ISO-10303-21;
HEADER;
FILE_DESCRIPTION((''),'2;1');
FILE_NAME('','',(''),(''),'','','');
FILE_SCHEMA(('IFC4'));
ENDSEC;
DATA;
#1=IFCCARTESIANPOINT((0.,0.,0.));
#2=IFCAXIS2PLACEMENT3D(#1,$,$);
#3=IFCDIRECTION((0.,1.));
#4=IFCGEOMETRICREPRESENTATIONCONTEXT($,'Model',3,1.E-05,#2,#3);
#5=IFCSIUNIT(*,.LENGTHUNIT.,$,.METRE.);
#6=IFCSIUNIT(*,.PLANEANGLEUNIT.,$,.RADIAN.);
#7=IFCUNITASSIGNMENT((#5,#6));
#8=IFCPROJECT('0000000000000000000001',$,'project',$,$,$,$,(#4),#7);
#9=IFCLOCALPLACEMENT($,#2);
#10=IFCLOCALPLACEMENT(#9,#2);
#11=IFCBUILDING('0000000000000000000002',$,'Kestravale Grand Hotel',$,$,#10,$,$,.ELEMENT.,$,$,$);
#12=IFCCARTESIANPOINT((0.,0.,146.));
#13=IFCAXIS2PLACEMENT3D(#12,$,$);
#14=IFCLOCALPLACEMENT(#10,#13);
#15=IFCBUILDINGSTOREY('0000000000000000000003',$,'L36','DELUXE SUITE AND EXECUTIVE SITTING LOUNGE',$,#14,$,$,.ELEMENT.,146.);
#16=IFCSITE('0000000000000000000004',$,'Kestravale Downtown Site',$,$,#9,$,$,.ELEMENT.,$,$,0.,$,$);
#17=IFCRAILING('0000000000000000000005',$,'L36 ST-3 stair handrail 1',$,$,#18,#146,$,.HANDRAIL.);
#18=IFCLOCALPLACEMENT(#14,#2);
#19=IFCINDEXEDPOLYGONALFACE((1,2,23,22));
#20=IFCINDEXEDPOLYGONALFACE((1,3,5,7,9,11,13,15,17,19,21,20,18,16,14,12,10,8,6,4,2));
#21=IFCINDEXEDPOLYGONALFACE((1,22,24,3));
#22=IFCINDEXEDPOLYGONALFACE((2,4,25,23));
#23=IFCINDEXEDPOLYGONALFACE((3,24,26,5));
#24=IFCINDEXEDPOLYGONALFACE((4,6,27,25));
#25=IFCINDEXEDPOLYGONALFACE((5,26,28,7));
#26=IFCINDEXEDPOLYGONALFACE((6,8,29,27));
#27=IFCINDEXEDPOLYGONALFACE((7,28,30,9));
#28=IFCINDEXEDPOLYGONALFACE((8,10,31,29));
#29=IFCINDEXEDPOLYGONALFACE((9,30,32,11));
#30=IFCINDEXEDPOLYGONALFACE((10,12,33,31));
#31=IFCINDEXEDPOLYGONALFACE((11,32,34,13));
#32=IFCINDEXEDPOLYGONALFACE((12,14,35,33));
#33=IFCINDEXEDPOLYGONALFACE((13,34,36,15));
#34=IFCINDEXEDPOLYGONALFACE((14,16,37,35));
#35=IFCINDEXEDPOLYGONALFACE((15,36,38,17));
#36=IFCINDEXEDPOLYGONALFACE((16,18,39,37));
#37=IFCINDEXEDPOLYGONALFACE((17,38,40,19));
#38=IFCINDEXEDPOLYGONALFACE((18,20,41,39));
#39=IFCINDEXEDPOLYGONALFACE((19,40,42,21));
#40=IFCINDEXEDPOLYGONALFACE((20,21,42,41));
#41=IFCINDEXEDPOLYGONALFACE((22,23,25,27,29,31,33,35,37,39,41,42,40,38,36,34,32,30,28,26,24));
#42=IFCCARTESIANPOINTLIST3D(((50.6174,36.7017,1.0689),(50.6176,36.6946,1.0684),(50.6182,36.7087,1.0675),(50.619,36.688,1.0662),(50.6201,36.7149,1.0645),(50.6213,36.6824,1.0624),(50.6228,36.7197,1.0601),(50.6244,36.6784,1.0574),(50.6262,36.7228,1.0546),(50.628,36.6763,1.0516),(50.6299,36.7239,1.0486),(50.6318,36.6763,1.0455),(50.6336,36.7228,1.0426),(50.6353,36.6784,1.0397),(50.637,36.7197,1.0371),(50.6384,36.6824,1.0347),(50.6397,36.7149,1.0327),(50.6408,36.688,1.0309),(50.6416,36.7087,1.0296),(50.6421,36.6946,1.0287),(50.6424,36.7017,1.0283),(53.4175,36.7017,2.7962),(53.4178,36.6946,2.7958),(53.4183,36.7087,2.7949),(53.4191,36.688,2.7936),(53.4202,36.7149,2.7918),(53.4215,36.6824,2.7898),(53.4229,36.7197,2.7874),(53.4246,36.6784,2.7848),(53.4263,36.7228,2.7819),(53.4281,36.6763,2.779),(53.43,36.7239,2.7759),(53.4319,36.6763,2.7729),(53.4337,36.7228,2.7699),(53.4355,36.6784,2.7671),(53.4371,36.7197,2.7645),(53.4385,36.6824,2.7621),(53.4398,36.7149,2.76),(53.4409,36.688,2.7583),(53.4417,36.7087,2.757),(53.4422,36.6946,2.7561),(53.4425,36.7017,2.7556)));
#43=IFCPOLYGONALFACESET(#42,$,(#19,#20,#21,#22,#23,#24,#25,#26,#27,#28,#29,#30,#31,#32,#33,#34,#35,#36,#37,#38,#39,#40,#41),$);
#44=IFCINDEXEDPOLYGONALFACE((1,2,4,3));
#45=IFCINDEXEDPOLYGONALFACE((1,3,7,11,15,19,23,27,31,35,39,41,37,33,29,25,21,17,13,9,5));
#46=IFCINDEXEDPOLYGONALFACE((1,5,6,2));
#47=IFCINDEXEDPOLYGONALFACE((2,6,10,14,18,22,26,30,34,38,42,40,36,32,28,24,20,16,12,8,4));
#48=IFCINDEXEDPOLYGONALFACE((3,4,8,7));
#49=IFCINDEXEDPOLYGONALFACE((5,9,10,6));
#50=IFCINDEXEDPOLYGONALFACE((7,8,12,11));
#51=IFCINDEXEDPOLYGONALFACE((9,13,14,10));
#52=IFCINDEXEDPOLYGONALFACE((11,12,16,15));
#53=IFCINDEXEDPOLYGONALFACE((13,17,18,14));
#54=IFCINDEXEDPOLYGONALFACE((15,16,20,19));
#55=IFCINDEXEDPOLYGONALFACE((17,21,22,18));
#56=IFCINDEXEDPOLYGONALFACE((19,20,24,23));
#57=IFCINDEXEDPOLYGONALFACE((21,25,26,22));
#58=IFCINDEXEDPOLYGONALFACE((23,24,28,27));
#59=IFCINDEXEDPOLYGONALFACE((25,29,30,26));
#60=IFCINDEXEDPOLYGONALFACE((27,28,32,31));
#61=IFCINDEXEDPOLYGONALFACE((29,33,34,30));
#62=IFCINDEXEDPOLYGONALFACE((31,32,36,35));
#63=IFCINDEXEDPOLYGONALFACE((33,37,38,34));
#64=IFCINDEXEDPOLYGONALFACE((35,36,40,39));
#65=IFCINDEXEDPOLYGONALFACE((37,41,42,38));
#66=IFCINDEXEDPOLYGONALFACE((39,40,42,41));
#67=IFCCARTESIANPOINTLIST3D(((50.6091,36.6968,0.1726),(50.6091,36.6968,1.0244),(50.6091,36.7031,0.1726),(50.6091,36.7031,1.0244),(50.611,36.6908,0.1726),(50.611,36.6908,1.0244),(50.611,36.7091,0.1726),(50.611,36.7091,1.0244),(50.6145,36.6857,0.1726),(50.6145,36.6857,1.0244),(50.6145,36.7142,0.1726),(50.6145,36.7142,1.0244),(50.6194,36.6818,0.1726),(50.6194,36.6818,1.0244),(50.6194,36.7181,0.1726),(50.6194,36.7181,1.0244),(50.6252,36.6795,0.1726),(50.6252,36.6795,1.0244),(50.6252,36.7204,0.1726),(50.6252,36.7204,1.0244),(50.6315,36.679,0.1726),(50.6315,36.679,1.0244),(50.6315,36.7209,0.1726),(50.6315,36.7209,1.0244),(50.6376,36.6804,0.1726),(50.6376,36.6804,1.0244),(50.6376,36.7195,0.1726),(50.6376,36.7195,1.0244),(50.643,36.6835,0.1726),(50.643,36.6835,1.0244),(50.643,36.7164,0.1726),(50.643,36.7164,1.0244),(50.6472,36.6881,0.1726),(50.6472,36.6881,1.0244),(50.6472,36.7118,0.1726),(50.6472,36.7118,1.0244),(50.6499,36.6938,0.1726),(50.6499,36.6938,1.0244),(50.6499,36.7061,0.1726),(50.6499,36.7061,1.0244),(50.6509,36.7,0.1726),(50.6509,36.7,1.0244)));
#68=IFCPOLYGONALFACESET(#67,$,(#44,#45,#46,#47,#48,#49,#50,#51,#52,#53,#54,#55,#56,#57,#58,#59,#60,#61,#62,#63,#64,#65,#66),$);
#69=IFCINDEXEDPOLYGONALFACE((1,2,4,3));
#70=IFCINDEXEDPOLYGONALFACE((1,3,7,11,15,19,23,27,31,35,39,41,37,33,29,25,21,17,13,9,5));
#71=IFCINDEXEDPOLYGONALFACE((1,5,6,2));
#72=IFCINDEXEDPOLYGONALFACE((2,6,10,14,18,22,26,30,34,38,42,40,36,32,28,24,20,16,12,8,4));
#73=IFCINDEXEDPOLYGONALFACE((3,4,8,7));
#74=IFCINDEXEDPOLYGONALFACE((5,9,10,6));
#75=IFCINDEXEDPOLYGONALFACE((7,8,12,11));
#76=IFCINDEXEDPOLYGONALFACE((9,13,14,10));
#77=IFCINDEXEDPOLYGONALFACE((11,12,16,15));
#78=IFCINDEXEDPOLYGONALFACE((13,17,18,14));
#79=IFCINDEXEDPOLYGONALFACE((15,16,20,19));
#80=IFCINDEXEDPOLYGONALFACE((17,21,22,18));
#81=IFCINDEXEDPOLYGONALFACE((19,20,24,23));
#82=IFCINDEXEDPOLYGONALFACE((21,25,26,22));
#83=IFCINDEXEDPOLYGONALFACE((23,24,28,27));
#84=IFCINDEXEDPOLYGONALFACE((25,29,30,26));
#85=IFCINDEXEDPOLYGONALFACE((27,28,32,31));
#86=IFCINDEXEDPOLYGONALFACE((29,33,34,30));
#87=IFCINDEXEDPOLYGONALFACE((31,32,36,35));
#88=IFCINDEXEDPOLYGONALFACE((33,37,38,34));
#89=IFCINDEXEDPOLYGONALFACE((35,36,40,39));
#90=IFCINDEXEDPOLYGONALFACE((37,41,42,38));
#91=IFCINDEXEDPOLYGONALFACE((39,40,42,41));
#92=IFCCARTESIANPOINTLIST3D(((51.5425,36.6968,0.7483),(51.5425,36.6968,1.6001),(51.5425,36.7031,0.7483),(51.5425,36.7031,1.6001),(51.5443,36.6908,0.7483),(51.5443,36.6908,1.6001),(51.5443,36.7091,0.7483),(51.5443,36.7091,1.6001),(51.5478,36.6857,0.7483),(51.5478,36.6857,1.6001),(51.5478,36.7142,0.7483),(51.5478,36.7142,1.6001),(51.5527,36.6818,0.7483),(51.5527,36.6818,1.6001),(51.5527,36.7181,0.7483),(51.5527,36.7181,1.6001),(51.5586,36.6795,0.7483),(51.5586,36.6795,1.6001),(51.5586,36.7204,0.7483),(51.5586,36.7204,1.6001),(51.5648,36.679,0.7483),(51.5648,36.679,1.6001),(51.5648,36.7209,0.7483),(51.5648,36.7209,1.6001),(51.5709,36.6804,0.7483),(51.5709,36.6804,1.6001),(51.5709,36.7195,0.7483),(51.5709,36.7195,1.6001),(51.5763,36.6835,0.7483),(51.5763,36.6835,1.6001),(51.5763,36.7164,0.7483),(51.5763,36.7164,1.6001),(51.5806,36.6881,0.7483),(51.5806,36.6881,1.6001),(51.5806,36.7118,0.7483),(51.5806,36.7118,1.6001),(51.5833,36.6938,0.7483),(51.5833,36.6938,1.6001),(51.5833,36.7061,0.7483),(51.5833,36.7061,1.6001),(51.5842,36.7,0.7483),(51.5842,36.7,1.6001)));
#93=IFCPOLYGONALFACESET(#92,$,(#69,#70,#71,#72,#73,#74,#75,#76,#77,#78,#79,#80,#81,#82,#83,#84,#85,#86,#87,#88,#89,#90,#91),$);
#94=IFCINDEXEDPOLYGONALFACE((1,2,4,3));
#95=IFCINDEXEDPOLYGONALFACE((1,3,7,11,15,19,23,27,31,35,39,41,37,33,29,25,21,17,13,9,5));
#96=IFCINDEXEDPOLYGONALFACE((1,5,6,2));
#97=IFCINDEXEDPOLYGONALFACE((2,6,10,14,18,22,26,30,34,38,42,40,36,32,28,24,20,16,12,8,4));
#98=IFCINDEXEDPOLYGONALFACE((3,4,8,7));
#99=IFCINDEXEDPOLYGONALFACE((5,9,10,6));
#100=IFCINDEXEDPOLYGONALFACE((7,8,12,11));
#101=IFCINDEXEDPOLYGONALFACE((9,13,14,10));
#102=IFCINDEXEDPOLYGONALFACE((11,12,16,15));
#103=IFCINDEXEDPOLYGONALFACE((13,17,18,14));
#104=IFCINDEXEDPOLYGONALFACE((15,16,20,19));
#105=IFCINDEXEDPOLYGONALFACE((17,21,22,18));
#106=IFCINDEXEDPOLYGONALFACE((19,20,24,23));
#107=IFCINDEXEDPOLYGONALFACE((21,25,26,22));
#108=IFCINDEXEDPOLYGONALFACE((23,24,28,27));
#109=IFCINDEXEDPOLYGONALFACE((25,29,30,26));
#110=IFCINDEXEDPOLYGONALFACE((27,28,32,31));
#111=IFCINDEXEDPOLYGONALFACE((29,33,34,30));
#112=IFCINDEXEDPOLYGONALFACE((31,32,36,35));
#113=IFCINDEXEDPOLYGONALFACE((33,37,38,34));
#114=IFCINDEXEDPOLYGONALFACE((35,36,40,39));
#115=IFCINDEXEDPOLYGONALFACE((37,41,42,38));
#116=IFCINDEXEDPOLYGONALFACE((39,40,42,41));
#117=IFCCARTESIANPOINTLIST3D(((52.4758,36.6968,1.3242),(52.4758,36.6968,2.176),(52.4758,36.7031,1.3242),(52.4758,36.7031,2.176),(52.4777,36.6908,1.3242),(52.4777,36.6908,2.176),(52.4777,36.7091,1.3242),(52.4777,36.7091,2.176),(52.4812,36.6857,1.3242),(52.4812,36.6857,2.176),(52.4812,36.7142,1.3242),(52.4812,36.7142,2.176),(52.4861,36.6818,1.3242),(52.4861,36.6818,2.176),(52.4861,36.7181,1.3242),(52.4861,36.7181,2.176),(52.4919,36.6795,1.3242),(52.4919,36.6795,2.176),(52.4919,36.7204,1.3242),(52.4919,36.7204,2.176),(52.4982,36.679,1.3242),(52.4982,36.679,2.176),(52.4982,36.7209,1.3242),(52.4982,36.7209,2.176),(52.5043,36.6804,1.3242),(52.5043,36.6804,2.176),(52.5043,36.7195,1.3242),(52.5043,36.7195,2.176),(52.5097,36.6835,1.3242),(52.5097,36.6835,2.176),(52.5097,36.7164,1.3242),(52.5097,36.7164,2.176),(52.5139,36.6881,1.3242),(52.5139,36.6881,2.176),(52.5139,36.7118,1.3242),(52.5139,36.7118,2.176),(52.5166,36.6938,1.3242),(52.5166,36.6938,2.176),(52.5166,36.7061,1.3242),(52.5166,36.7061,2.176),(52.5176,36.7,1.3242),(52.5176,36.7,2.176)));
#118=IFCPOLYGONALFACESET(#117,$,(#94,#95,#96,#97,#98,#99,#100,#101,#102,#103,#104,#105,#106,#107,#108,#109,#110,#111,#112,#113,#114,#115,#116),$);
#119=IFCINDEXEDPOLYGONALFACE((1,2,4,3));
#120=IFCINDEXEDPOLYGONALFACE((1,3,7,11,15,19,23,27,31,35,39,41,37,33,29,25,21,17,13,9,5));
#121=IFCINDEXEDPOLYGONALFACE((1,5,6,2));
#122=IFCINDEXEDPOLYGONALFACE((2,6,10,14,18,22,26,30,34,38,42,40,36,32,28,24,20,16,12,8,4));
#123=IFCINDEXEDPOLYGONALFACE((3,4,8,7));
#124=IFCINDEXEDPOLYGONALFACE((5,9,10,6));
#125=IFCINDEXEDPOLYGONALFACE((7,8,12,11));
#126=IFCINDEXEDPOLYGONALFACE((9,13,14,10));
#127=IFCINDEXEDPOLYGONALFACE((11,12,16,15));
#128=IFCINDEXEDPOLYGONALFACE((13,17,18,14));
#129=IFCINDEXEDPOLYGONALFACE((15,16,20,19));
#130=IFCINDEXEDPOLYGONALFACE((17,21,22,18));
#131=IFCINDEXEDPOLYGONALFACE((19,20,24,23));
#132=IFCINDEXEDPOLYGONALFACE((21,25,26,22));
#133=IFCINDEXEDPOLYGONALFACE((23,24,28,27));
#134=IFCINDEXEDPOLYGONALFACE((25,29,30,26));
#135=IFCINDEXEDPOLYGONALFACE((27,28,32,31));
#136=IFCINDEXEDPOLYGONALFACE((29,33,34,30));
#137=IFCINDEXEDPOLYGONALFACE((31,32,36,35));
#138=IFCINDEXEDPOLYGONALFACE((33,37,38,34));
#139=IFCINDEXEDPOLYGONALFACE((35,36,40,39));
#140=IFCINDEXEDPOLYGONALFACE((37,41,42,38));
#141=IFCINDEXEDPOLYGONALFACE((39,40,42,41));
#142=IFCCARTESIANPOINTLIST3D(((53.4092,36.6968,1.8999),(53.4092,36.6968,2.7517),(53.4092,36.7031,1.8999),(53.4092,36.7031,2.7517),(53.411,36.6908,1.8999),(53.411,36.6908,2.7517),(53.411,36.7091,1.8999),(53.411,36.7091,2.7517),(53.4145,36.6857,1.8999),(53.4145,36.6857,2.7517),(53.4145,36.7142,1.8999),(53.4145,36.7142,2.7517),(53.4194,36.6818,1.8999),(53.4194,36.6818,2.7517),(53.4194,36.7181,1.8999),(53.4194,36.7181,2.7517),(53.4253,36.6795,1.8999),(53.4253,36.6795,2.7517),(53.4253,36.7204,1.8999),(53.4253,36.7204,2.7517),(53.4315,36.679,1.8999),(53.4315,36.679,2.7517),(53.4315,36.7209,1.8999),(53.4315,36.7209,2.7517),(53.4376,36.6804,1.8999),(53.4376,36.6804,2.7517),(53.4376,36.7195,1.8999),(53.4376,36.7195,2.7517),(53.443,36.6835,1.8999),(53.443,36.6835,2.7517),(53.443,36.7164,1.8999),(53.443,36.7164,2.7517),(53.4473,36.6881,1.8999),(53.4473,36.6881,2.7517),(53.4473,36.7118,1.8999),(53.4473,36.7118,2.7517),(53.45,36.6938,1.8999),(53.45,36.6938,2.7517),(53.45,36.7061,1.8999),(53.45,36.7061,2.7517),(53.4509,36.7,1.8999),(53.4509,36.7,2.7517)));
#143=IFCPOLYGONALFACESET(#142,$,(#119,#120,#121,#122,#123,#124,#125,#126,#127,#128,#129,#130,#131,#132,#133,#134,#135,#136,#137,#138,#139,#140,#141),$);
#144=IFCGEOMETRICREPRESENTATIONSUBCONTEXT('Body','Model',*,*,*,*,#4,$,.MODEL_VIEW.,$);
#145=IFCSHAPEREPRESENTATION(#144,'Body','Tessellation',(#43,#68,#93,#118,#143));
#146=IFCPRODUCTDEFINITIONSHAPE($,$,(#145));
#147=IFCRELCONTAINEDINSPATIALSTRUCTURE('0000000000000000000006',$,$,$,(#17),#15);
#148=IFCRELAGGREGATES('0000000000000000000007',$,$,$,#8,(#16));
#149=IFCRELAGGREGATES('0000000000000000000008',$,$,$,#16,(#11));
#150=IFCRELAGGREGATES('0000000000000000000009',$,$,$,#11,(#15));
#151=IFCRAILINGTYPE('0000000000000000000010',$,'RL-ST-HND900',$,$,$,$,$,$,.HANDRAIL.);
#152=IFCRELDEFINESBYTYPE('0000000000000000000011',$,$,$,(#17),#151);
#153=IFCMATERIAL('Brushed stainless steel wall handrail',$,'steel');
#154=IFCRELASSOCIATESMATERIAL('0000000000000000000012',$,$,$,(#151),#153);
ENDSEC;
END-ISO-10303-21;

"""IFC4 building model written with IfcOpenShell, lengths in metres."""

from ifc_helpers import new_model, si_unit, direction, frame, origin, origin_2d, place, context, subcontext, project, spatial, circle, extrude, material, type_object, element, save


model = new_model("IFC4")

# Units and contexts
model_context = context("Model", 3, precision=1e-05, world=origin(), true_north=direction((0.0, 1.0)))
body_context = subcontext(model_context, "Body", "Model", "MODEL_VIEW")
ifc_project = project(units=[si_unit("LENGTHUNIT", "METRE"), si_unit("PLANEANGLEUNIT", "RADIAN")], contexts=[model_context])

# Site, building, storey
site_placement = place(None, origin())
site = spatial("IfcSite", under=ifc_project, at=site_placement, Name="Kestravale Downtown Site", CompositionType="ELEMENT", RefElevation=0.0)
building_placement = place(site_placement, origin())
building = spatial("IfcBuilding", under=site, at=building_placement, Name="Kestravale Grand Hotel", CompositionType="ELEMENT")
storey_placement = place(building_placement, frame((0.0, 0.0, 146.0)))
storey = spatial("IfcBuildingStorey", under=building, at=storey_placement, Name="L36", Description="DELUXE SUITE AND EXECUTIVE SITTING LOUNGE", CompositionType="ELEMENT", Elevation=146.0)

# Railing
ifc_material_1 = material(Name="Brushed stainless steel wall handrail", Category="steel")
railing_type_1 = type_object("IfcRailingType", Name="RL-ST-HND900", PredefinedType="HANDRAIL", material=ifc_material_1)
railing_1_placement = place(storey_placement, frame((50.6299, 36.7, 0.1726)))
element("IfcRailing", 1, at=railing_1_placement, inside=storey, type_object=railing_type_1, Name="L36 ST-3 stair handrail 1", PredefinedType="HANDRAIL", context=body_context, shape_type="SweptSolid", body=[
    extrude(circle(Radius=0.0239, at=origin_2d()), frame((0.0, 0.0, 0.876), z_axis=(0.85109, 0.0, 0.52502), x_axis=(0.0, 1.0, 0.0)), (0.0, 0.0, 1.0), 3.29),
    extrude(circle(Radius=0.021, at=origin_2d()), origin(), (0.0, 0.0, 1.0), 0.8518),
    extrude(circle(Radius=0.021, at=origin_2d()), frame((0.9333, 0.0, 0.5757)), (0.0, 0.0, 1.0), 0.8518),
    extrude(circle(Radius=0.021, at=origin_2d()), frame((1.8667, 0.0, 1.1516)), (0.0, 0.0, 1.0), 0.8518),
    extrude(circle(Radius=0.021, at=origin_2d()), frame((2.8, 0.0, 1.7273)), (0.0, 0.0, 1.0), 0.8518),
])

save(model, "model.ifc")
